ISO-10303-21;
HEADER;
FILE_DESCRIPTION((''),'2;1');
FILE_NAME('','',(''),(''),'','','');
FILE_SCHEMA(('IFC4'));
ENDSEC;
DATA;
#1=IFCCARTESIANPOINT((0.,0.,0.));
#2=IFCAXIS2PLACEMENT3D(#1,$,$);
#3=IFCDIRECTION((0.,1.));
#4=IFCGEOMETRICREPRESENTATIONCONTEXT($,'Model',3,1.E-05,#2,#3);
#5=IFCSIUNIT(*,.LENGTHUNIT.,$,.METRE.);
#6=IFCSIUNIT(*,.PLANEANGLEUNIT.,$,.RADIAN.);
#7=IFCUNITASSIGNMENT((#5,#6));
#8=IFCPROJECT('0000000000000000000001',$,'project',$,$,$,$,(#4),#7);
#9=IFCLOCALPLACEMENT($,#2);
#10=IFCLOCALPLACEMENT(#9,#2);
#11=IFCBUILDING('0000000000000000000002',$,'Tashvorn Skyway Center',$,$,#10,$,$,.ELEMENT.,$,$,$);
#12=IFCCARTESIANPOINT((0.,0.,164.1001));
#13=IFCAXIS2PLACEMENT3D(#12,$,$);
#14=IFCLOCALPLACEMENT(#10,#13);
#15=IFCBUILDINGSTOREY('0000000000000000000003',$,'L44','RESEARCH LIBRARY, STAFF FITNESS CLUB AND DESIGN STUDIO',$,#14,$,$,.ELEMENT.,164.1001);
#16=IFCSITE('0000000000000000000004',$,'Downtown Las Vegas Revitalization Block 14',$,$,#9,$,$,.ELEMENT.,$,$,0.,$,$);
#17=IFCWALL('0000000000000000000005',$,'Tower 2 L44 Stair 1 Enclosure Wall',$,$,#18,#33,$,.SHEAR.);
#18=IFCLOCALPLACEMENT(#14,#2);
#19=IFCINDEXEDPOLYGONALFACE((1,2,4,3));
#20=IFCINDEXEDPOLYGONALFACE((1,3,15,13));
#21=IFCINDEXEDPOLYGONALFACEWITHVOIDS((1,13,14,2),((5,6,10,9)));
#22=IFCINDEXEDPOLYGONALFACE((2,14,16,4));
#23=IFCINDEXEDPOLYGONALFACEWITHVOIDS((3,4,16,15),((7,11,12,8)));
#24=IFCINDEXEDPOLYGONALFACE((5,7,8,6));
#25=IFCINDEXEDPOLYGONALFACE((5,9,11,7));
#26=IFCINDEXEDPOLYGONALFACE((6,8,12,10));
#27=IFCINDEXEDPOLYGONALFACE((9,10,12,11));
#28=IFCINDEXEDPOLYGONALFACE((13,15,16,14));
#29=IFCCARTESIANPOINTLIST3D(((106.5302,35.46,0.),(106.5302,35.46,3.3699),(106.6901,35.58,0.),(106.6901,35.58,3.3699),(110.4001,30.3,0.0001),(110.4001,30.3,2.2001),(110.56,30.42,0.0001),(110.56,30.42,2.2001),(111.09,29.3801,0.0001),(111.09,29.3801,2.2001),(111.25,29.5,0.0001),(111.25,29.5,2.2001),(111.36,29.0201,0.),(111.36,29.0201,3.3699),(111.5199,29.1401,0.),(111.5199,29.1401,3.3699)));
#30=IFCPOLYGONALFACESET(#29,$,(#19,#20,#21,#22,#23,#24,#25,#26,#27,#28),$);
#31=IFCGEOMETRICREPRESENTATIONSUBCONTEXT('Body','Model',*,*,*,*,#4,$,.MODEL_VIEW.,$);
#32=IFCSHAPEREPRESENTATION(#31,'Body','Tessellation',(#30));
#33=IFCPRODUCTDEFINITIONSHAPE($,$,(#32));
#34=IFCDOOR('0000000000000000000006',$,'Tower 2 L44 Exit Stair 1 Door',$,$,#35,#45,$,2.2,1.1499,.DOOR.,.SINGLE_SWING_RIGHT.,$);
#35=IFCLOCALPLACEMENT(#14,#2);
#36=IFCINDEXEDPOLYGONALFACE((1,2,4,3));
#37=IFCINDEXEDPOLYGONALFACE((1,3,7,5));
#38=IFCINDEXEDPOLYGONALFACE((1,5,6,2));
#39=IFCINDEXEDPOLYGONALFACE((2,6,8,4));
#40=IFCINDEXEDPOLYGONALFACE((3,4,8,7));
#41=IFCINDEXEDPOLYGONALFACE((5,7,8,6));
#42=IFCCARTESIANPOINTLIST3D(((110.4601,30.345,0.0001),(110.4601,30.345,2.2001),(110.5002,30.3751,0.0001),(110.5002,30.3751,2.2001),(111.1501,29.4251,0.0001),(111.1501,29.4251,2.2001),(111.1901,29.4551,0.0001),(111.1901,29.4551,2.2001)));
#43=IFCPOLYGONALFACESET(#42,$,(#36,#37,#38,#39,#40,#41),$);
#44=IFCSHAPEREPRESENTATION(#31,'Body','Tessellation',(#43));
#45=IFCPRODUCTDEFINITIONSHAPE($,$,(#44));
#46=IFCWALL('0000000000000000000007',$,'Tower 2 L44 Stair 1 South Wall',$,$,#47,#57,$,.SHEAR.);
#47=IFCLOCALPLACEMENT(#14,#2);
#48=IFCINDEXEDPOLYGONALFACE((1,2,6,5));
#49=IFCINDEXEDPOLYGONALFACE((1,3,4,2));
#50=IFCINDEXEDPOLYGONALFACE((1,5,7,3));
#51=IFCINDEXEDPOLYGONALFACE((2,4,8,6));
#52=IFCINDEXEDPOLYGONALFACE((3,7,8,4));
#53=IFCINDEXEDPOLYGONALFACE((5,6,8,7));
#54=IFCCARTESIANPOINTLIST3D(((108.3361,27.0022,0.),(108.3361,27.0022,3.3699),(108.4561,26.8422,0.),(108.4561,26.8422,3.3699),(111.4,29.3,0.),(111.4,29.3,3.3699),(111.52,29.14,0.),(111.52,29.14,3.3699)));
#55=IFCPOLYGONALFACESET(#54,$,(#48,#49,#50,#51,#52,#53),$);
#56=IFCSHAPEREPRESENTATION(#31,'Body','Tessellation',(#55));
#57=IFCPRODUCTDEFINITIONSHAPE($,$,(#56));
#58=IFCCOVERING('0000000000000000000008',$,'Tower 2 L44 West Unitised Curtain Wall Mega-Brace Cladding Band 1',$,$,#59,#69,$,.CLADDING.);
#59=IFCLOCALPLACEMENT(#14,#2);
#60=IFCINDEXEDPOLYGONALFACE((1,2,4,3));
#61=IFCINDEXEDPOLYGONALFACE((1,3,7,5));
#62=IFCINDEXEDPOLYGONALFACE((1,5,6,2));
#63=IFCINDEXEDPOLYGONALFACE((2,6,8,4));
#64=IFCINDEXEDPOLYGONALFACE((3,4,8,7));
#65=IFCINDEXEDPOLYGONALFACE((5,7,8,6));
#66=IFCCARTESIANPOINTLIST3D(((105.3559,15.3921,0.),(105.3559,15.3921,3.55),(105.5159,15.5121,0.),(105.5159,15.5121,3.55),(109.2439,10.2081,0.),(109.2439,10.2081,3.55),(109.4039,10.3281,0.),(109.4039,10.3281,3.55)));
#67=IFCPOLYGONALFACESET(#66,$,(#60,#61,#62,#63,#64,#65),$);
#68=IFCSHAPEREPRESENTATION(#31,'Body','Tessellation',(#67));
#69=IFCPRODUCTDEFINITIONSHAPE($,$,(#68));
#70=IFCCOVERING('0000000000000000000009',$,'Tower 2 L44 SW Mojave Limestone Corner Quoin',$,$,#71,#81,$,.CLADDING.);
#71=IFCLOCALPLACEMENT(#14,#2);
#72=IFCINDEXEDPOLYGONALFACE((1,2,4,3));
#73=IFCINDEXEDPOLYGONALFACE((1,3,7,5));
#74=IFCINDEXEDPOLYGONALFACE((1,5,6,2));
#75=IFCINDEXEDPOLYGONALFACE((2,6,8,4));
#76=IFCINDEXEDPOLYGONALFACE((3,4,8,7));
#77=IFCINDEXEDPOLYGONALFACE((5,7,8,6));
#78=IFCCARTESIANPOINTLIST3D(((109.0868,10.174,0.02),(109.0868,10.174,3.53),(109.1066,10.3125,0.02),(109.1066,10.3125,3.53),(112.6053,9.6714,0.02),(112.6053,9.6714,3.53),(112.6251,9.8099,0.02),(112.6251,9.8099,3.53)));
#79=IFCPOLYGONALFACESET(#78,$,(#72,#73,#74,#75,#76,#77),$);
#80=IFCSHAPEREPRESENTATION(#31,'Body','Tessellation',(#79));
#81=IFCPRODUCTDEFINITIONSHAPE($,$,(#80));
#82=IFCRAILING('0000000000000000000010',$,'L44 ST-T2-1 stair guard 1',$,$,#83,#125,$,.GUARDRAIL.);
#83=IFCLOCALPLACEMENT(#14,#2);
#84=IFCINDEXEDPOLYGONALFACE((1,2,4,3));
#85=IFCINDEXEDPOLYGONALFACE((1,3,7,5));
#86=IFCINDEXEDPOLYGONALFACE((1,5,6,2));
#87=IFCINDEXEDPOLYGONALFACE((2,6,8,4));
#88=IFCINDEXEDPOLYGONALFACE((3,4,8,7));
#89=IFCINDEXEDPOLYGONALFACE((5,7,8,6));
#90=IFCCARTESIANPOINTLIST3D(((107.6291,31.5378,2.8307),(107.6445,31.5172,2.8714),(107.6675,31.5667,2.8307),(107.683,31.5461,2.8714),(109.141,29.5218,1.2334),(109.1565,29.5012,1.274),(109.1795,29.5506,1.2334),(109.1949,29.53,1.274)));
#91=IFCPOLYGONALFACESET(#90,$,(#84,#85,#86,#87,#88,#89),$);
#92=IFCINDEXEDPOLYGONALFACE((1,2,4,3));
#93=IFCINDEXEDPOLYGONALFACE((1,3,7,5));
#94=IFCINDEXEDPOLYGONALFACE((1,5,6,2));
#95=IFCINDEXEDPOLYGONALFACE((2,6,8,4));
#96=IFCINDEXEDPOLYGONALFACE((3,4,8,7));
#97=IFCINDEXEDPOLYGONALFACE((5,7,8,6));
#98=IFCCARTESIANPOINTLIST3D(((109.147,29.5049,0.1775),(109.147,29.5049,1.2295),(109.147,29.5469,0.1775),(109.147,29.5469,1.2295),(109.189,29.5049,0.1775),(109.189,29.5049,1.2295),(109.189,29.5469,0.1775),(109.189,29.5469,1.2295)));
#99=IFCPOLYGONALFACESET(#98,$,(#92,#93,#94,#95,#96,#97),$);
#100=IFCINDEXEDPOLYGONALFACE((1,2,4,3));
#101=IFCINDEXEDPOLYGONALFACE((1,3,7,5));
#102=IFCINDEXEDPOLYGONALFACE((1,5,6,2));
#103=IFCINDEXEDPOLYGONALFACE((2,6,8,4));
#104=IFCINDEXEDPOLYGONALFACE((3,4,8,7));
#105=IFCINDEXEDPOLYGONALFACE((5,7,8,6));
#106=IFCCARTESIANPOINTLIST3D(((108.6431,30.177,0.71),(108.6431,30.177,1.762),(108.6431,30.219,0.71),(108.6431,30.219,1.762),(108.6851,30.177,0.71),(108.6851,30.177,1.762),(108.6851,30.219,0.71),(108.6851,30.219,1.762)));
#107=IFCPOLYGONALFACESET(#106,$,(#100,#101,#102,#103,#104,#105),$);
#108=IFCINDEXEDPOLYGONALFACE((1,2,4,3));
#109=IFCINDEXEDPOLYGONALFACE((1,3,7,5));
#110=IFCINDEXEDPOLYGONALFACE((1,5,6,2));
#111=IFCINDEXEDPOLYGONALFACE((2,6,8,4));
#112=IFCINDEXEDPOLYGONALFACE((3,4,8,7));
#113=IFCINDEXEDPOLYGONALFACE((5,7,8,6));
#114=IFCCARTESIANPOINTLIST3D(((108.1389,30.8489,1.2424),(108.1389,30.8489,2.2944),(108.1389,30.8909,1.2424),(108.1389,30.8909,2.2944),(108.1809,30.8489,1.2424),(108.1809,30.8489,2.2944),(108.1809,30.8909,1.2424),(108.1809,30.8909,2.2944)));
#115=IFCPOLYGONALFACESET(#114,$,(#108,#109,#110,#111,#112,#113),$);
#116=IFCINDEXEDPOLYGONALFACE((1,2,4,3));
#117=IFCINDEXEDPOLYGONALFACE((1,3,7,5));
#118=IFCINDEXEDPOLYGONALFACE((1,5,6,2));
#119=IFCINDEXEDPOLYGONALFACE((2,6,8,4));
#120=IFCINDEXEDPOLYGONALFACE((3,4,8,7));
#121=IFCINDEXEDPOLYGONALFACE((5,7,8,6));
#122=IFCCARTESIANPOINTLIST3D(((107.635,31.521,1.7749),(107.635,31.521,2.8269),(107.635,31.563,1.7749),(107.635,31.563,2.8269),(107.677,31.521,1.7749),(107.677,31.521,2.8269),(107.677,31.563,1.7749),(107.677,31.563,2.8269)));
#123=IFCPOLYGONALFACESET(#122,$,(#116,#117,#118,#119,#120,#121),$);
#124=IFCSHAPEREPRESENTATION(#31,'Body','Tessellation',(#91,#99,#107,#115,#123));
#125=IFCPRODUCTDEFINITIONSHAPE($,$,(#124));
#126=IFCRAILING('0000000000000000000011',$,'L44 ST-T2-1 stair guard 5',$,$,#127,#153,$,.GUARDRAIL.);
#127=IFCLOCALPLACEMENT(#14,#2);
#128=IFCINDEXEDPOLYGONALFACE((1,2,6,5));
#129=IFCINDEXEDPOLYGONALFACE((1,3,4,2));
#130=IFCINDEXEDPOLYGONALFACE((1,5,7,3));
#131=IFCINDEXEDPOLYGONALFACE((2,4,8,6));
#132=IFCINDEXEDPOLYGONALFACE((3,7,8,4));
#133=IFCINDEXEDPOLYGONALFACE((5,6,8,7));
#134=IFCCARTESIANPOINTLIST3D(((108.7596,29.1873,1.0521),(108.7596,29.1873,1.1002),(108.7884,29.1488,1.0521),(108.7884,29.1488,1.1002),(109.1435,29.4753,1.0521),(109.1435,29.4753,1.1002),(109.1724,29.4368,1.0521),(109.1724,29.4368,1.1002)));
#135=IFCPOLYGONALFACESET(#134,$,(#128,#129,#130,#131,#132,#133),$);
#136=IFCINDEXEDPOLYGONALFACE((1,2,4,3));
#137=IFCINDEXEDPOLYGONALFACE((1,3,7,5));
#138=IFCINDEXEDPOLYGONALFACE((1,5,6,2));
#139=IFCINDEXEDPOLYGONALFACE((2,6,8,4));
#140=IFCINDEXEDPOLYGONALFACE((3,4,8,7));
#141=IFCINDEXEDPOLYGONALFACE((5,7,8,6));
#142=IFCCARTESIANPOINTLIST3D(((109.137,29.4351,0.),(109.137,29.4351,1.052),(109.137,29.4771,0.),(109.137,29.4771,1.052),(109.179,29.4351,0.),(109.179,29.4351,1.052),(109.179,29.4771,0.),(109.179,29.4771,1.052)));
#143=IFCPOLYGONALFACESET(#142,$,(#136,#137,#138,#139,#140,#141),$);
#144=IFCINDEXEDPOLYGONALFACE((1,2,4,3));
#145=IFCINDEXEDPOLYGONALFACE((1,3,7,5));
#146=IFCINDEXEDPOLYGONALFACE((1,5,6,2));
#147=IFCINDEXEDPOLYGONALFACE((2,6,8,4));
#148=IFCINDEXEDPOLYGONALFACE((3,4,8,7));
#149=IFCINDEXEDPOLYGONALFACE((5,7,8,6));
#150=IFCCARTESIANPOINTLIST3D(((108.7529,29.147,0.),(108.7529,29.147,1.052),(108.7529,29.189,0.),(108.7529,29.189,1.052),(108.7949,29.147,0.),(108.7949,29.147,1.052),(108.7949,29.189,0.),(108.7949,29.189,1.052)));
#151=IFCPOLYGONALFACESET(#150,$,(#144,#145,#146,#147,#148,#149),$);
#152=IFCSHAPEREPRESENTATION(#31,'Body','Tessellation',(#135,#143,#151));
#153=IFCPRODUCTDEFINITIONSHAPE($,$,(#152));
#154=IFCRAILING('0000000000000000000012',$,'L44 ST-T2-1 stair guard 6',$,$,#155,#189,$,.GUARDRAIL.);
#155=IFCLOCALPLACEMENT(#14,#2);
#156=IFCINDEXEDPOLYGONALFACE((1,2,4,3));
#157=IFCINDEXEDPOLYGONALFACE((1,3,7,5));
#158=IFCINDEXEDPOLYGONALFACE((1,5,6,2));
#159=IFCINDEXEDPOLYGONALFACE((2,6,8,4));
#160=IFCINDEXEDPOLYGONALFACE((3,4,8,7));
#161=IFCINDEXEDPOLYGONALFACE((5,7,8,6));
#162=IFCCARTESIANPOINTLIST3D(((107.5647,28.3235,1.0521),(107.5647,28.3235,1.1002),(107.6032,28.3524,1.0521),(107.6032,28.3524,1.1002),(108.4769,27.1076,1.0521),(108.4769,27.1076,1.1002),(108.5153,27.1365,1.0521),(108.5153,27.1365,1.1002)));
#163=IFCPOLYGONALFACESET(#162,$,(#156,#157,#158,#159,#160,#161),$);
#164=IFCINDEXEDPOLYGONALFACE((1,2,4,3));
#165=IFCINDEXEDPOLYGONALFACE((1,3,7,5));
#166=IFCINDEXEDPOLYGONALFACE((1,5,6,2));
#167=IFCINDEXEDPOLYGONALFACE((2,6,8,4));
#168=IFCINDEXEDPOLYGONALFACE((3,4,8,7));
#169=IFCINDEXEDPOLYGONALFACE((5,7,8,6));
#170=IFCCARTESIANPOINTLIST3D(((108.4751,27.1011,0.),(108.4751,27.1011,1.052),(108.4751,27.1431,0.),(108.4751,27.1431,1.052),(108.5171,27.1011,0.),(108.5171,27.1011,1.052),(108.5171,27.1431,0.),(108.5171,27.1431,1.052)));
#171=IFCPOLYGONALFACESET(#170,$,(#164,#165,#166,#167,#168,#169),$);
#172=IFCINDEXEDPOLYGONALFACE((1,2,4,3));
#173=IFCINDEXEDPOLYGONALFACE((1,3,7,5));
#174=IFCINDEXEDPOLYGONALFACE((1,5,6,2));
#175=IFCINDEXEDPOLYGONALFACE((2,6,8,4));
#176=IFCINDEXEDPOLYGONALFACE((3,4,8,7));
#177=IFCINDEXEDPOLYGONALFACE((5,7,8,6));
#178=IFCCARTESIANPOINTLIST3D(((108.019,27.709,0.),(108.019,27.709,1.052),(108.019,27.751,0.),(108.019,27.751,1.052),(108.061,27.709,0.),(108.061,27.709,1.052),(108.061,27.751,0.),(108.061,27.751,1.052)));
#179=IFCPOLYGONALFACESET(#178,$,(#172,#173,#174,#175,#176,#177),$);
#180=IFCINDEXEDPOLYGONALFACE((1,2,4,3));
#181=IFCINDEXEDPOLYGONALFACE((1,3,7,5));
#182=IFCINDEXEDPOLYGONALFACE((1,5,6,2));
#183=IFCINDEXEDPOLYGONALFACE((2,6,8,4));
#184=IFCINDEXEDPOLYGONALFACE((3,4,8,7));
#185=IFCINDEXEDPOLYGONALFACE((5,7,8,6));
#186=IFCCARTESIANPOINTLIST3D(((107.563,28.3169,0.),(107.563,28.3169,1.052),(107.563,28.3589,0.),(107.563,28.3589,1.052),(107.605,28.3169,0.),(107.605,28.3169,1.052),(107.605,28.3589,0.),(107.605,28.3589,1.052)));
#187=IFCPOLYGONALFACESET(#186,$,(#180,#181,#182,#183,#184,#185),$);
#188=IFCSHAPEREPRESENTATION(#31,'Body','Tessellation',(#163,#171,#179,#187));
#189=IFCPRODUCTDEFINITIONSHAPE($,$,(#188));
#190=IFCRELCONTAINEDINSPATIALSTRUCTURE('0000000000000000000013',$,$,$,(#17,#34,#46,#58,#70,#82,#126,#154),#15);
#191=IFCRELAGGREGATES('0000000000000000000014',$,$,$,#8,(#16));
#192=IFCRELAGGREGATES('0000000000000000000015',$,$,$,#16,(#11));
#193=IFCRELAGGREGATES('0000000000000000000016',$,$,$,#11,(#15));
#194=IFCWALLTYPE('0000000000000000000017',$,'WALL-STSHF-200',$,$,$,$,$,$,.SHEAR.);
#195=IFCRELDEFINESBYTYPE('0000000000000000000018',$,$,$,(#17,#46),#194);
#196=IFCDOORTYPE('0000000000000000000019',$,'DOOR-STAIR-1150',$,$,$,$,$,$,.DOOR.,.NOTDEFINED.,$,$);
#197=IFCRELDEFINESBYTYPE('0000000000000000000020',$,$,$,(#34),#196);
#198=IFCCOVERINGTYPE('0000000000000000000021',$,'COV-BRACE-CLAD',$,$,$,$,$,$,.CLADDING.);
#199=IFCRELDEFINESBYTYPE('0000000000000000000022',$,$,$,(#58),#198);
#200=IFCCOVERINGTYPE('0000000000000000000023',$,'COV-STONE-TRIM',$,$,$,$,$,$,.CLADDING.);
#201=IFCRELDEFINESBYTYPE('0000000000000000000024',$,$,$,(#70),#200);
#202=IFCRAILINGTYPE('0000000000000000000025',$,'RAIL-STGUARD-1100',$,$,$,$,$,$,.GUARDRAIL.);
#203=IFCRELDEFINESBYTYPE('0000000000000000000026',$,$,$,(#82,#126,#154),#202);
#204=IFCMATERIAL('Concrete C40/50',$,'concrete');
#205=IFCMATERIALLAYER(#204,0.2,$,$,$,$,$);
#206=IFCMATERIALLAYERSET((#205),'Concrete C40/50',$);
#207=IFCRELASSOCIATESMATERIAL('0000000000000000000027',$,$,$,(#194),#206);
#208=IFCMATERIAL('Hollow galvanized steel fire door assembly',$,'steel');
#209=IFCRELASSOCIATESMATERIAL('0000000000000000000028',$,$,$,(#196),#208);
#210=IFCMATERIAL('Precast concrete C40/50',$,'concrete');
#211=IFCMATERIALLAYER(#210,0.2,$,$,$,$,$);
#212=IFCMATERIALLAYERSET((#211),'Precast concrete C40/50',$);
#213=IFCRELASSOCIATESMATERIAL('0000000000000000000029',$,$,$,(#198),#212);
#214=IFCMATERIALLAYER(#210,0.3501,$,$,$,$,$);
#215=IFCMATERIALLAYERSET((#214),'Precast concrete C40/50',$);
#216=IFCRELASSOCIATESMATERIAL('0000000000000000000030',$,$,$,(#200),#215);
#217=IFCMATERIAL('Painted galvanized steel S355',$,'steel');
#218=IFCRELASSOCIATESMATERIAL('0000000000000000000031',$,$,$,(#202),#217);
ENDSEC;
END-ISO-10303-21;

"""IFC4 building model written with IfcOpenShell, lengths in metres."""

from ifc_helpers import new_model, si_unit, direction, frame, frame_2d, origin, origin_2d, place, context, subcontext, project, spatial, rectangle, extrude, material, layer, layer_set, type_object, element, fill, save


model = new_model("IFC4")

# Units and contexts
model_context = context("Model", 3, precision=1e-05, world=origin(), true_north=direction((0.0, 1.0)))
body_context = subcontext(model_context, "Body", "Model", "MODEL_VIEW")
ifc_project = project(units=[si_unit("LENGTHUNIT", "METRE"), si_unit("PLANEANGLEUNIT", "RADIAN")], contexts=[model_context])

# Site, building, storey
site_placement = place(None, origin())
site = spatial("IfcSite", under=ifc_project, at=site_placement, Name="Downtown Las Vegas Revitalization Block 14", CompositionType="ELEMENT", RefElevation=0.0)
building_placement = place(site_placement, origin())
building = spatial("IfcBuilding", under=site, at=building_placement, Name="Tashvorn Skyway Center", CompositionType="ELEMENT")
storey_placement = place(building_placement, frame((0.0, 0.0, 164.1001)))
storey = spatial("IfcBuildingStorey", under=building, at=storey_placement, Name="L44", Description="RESEARCH LIBRARY, STAFF FITNESS CLUB AND DESIGN STUDIO", CompositionType="ELEMENT", Elevation=164.1001)

# Shared definitions
ifc_material_1 = material(Name="Precast concrete C40/50", Category="concrete")

# Shared definitions
ifc_material_2 = material(Name="Concrete C40/50", Category="concrete")

# Wall, opening, door
ifc_layer_1 = layer(ifc_material_2, 0.2)
ifc_layer_set_1 = layer_set([ifc_layer_1], Name="Concrete C40/50")
wall_type_1 = type_object("IfcWallType", Name="WALL-STSHF-200", PredefinedType="SHEAR", material=ifc_layer_set_1)
wall_1_placement = place(storey_placement, frame((111.4399, 29.0801, 0.0), z_axis=(0.0, 0.0, 1.0), x_axis=(-0.59999, 0.800007, 0.0)))
wall_1 = element("IfcWall", 1, at=wall_1_placement, inside=storey, type_object=wall_type_1, Name="Tower 2 L44 Stair 1 Enclosure Wall", PredefinedType="SHEAR", context=body_context, shape_type="SweptSolid", body=[
    extrude(rectangle(XDim=8.0498, YDim=0.2, at=frame_2d((4.0249, 0.0))), origin(), (0.0, 0.0, 1.0), 3.3699),
])
opening_1_placement = place(wall_1_placement, frame((0.45, 0.0, 0.0)))
opening_1 = element("IfcOpeningElement", 2, at=opening_1_placement, cuts=wall_1, PredefinedType="OPENING", context=body_context, shape_type="SweptSolid", body=[
    extrude(rectangle(XDim=1.1499, YDim=2.2, at=frame_2d((0.575, 1.1001))), frame((0.0, 0.1099, 0.0), z_axis=(0.0, -1.0, 0.0), x_axis=(1.0, 0.0, 0.0)), (0.0, 0.0, 1.0), 0.22),
])
ifc_material_3 = material(Name="Hollow galvanized steel fire door assembly", Category="steel")
door_type_1 = type_object("IfcDoorType", Name="DOOR-STAIR-1150", OperationType="NOTDEFINED", PredefinedType="DOOR", material=ifc_material_3)
door_1_placement = place(opening_1_placement, origin())
door_1 = element("IfcDoor", 3, at=door_1_placement, inside=storey, type_object=door_type_1, Name="Tower 2 L44 Exit Stair 1 Door", OperationType="SINGLE_SWING_RIGHT", OverallHeight=2.2, OverallWidth=1.1499, PredefinedType="DOOR", context=body_context, shape_type="SweptSolid", body=[
    extrude(rectangle(XDim=1.1499, YDim=2.2, at=frame_2d((0.575, 1.1001))), frame((0.0, 0.0249, 0.0), z_axis=(0.0, -1.0, 0.0), x_axis=(1.0, 0.0, 0.0)), (0.0, 0.0, 1.0), 0.05),
])
fill(opening_1, door_1)

# Wall
wall_2_placement = place(storey_placement, frame((108.396, 26.9221, 0.0), z_axis=(0.0, 0.0, 1.0), x_axis=(0.800015, 0.59998, 0.0)))
element("IfcWall", 4, at=wall_2_placement, inside=storey, type_object=wall_type_1, Name="Tower 2 L44 Stair 1 South Wall", PredefinedType="SHEAR", context=body_context, shape_type="SweptSolid", body=[
    extrude(rectangle(XDim=3.8298, YDim=0.2, at=frame_2d((1.915, 0.0))), origin(), (0.0, 0.0, 1.0), 3.3699),
])

# Coverings
ifc_layer_2 = layer(ifc_material_1, 0.2)
ifc_layer_set_2 = layer_set([ifc_layer_2], Name="Precast concrete C40/50")
covering_type_1 = type_object("IfcCoveringType", Name="COV-BRACE-CLAD", PredefinedType="CLADDING", material=ifc_layer_set_2)
covering_1_placement = place(storey_placement, frame((107.3799, 12.8601, 0.0), z_axis=(0.0, 0.0, 1.0), x_axis=(-0.6, 0.8, 0.0)))
element("IfcCovering", 5, at=covering_1_placement, inside=storey, type_object=covering_type_1, Name="Tower 2 L44 West Unitised Curtain Wall Mega-Brace Cladding Band 1", PredefinedType="CLADDING", context=body_context, shape_type="SweptSolid", body=[
    extrude(rectangle(XDim=6.48, YDim=0.2, at=origin_2d()), origin(), (0.0, 0.0, 1.0), 3.55),
])
ifc_layer_3 = layer(ifc_material_1, 0.3501)
ifc_layer_set_3 = layer_set([ifc_layer_3], Name="Precast concrete C40/50")
covering_type_2 = type_object("IfcCoveringType", Name="COV-STONE-TRIM", PredefinedType="CLADDING", material=ifc_layer_set_3)
covering_2_placement = place(storey_placement, frame((110.856, 9.9919, 0.02), z_axis=(0.0, 0.0, 1.0), x_axis=(-0.989949, 0.141421, 0.0)))
element("IfcCovering", 6, at=covering_2_placement, inside=storey, type_object=covering_type_2, Name="Tower 2 L44 SW Mojave Limestone Corner Quoin", PredefinedType="CLADDING", context=body_context, shape_type="SweptSolid", body=[
    extrude(rectangle(XDim=3.5542, YDim=0.1399, at=origin_2d()), origin(), (0.0, 0.0, 1.0), 3.51),
])

# Railings
ifc_material_4 = material(Name="Painted galvanized steel S355", Category="steel")
railing_type = type_object("IfcRailingType", Name="RAIL-STGUARD-1100", PredefinedType="GUARDRAIL", material=ifc_material_4)
railing_1_placement = place(storey_placement, frame((109.168, 29.5259, 0.1775)))
element("IfcRailing", 7, at=railing_1_placement, inside=storey, type_object=railing_type, Name="L44 ST-T2-1 stair guard 1", PredefinedType="GUARDRAIL", context=body_context, shape_type="SweptSolid", body=[
    extrude(rectangle(XDim=0.0481, YDim=0.0481, at=origin_2d()), frame((0.0, 0.0, 1.0762), z_axis=(-0.506741, 0.675709, 0.535379), x_axis=(-0.800023, -0.599969, 0.0)), (0.0, 0.0, 1.0), 2.9836),
    extrude(rectangle(XDim=0.042, YDim=0.042, at=origin_2d()), origin(), (0.0, 0.0, 1.0), 1.052),
    extrude(rectangle(XDim=0.042, YDim=0.042, at=origin_2d()), frame((-0.5039, 0.6721, 0.5325)), (0.0, 0.0, 1.0), 1.052),
    extrude(rectangle(XDim=0.042, YDim=0.042, at=origin_2d()), frame((-1.0081, 1.344, 1.0649)), (0.0, 0.0, 1.0), 1.052),
    extrude(rectangle(XDim=0.042, YDim=0.042, at=origin_2d()), frame((-1.512, 2.0161, 1.5974)), (0.0, 0.0, 1.0), 1.052),
])
railing_2_placement = place(storey_placement, frame((109.158, 29.4561, 0.0)))
element("IfcRailing", 8, at=railing_2_placement, inside=storey, type_object=railing_type, Name="L44 ST-T2-1 stair guard 5", PredefinedType="GUARDRAIL", context=body_context, shape_type="SweptSolid", body=[
    extrude(rectangle(XDim=0.0481, YDim=0.0481, at=origin_2d()), frame((0.0, 0.0, 1.0762), z_axis=(-0.799939, -0.600081, 0.0), x_axis=(0.600081, -0.799939, 0.0)), (0.0, 0.0, 1.0), 0.48),
    extrude(rectangle(XDim=0.042, YDim=0.042, at=origin_2d()), origin(), (0.0, 0.0, 1.0), 1.052),
    extrude(rectangle(XDim=0.042, YDim=0.042, at=origin_2d()), frame((-0.384, -0.2881, 0.0)), (0.0, 0.0, 1.0), 1.052),
])
railing_3_placement = place(storey_placement, frame((108.4961, 27.1221, 0.0)))
element("IfcRailing", 9, at=railing_3_placement, inside=storey, type_object=railing_type, Name="L44 ST-T2-1 stair guard 6", PredefinedType="GUARDRAIL", context=body_context, shape_type="SweptSolid", body=[
    extrude(rectangle(XDim=0.0481, YDim=0.0481, at=origin_2d()), frame((0.0, 0.0, 1.0762), z_axis=(-0.600103, 0.799923, 0.0), x_axis=(-0.799923, -0.600103, 0.0)), (0.0, 0.0, 1.0), 1.52),
    extrude(rectangle(XDim=0.042, YDim=0.042, at=origin_2d()), origin(), (0.0, 0.0, 1.0), 1.052),
    extrude(rectangle(XDim=0.042, YDim=0.042, at=origin_2d()), frame((-0.4561, 0.6079, 0.0)), (0.0, 0.0, 1.0), 1.052),
    extrude(rectangle(XDim=0.042, YDim=0.042, at=origin_2d()), frame((-0.9121, 1.2158, 0.0)), (0.0, 0.0, 1.0), 1.052),
])

save(model, "model.ifc")
